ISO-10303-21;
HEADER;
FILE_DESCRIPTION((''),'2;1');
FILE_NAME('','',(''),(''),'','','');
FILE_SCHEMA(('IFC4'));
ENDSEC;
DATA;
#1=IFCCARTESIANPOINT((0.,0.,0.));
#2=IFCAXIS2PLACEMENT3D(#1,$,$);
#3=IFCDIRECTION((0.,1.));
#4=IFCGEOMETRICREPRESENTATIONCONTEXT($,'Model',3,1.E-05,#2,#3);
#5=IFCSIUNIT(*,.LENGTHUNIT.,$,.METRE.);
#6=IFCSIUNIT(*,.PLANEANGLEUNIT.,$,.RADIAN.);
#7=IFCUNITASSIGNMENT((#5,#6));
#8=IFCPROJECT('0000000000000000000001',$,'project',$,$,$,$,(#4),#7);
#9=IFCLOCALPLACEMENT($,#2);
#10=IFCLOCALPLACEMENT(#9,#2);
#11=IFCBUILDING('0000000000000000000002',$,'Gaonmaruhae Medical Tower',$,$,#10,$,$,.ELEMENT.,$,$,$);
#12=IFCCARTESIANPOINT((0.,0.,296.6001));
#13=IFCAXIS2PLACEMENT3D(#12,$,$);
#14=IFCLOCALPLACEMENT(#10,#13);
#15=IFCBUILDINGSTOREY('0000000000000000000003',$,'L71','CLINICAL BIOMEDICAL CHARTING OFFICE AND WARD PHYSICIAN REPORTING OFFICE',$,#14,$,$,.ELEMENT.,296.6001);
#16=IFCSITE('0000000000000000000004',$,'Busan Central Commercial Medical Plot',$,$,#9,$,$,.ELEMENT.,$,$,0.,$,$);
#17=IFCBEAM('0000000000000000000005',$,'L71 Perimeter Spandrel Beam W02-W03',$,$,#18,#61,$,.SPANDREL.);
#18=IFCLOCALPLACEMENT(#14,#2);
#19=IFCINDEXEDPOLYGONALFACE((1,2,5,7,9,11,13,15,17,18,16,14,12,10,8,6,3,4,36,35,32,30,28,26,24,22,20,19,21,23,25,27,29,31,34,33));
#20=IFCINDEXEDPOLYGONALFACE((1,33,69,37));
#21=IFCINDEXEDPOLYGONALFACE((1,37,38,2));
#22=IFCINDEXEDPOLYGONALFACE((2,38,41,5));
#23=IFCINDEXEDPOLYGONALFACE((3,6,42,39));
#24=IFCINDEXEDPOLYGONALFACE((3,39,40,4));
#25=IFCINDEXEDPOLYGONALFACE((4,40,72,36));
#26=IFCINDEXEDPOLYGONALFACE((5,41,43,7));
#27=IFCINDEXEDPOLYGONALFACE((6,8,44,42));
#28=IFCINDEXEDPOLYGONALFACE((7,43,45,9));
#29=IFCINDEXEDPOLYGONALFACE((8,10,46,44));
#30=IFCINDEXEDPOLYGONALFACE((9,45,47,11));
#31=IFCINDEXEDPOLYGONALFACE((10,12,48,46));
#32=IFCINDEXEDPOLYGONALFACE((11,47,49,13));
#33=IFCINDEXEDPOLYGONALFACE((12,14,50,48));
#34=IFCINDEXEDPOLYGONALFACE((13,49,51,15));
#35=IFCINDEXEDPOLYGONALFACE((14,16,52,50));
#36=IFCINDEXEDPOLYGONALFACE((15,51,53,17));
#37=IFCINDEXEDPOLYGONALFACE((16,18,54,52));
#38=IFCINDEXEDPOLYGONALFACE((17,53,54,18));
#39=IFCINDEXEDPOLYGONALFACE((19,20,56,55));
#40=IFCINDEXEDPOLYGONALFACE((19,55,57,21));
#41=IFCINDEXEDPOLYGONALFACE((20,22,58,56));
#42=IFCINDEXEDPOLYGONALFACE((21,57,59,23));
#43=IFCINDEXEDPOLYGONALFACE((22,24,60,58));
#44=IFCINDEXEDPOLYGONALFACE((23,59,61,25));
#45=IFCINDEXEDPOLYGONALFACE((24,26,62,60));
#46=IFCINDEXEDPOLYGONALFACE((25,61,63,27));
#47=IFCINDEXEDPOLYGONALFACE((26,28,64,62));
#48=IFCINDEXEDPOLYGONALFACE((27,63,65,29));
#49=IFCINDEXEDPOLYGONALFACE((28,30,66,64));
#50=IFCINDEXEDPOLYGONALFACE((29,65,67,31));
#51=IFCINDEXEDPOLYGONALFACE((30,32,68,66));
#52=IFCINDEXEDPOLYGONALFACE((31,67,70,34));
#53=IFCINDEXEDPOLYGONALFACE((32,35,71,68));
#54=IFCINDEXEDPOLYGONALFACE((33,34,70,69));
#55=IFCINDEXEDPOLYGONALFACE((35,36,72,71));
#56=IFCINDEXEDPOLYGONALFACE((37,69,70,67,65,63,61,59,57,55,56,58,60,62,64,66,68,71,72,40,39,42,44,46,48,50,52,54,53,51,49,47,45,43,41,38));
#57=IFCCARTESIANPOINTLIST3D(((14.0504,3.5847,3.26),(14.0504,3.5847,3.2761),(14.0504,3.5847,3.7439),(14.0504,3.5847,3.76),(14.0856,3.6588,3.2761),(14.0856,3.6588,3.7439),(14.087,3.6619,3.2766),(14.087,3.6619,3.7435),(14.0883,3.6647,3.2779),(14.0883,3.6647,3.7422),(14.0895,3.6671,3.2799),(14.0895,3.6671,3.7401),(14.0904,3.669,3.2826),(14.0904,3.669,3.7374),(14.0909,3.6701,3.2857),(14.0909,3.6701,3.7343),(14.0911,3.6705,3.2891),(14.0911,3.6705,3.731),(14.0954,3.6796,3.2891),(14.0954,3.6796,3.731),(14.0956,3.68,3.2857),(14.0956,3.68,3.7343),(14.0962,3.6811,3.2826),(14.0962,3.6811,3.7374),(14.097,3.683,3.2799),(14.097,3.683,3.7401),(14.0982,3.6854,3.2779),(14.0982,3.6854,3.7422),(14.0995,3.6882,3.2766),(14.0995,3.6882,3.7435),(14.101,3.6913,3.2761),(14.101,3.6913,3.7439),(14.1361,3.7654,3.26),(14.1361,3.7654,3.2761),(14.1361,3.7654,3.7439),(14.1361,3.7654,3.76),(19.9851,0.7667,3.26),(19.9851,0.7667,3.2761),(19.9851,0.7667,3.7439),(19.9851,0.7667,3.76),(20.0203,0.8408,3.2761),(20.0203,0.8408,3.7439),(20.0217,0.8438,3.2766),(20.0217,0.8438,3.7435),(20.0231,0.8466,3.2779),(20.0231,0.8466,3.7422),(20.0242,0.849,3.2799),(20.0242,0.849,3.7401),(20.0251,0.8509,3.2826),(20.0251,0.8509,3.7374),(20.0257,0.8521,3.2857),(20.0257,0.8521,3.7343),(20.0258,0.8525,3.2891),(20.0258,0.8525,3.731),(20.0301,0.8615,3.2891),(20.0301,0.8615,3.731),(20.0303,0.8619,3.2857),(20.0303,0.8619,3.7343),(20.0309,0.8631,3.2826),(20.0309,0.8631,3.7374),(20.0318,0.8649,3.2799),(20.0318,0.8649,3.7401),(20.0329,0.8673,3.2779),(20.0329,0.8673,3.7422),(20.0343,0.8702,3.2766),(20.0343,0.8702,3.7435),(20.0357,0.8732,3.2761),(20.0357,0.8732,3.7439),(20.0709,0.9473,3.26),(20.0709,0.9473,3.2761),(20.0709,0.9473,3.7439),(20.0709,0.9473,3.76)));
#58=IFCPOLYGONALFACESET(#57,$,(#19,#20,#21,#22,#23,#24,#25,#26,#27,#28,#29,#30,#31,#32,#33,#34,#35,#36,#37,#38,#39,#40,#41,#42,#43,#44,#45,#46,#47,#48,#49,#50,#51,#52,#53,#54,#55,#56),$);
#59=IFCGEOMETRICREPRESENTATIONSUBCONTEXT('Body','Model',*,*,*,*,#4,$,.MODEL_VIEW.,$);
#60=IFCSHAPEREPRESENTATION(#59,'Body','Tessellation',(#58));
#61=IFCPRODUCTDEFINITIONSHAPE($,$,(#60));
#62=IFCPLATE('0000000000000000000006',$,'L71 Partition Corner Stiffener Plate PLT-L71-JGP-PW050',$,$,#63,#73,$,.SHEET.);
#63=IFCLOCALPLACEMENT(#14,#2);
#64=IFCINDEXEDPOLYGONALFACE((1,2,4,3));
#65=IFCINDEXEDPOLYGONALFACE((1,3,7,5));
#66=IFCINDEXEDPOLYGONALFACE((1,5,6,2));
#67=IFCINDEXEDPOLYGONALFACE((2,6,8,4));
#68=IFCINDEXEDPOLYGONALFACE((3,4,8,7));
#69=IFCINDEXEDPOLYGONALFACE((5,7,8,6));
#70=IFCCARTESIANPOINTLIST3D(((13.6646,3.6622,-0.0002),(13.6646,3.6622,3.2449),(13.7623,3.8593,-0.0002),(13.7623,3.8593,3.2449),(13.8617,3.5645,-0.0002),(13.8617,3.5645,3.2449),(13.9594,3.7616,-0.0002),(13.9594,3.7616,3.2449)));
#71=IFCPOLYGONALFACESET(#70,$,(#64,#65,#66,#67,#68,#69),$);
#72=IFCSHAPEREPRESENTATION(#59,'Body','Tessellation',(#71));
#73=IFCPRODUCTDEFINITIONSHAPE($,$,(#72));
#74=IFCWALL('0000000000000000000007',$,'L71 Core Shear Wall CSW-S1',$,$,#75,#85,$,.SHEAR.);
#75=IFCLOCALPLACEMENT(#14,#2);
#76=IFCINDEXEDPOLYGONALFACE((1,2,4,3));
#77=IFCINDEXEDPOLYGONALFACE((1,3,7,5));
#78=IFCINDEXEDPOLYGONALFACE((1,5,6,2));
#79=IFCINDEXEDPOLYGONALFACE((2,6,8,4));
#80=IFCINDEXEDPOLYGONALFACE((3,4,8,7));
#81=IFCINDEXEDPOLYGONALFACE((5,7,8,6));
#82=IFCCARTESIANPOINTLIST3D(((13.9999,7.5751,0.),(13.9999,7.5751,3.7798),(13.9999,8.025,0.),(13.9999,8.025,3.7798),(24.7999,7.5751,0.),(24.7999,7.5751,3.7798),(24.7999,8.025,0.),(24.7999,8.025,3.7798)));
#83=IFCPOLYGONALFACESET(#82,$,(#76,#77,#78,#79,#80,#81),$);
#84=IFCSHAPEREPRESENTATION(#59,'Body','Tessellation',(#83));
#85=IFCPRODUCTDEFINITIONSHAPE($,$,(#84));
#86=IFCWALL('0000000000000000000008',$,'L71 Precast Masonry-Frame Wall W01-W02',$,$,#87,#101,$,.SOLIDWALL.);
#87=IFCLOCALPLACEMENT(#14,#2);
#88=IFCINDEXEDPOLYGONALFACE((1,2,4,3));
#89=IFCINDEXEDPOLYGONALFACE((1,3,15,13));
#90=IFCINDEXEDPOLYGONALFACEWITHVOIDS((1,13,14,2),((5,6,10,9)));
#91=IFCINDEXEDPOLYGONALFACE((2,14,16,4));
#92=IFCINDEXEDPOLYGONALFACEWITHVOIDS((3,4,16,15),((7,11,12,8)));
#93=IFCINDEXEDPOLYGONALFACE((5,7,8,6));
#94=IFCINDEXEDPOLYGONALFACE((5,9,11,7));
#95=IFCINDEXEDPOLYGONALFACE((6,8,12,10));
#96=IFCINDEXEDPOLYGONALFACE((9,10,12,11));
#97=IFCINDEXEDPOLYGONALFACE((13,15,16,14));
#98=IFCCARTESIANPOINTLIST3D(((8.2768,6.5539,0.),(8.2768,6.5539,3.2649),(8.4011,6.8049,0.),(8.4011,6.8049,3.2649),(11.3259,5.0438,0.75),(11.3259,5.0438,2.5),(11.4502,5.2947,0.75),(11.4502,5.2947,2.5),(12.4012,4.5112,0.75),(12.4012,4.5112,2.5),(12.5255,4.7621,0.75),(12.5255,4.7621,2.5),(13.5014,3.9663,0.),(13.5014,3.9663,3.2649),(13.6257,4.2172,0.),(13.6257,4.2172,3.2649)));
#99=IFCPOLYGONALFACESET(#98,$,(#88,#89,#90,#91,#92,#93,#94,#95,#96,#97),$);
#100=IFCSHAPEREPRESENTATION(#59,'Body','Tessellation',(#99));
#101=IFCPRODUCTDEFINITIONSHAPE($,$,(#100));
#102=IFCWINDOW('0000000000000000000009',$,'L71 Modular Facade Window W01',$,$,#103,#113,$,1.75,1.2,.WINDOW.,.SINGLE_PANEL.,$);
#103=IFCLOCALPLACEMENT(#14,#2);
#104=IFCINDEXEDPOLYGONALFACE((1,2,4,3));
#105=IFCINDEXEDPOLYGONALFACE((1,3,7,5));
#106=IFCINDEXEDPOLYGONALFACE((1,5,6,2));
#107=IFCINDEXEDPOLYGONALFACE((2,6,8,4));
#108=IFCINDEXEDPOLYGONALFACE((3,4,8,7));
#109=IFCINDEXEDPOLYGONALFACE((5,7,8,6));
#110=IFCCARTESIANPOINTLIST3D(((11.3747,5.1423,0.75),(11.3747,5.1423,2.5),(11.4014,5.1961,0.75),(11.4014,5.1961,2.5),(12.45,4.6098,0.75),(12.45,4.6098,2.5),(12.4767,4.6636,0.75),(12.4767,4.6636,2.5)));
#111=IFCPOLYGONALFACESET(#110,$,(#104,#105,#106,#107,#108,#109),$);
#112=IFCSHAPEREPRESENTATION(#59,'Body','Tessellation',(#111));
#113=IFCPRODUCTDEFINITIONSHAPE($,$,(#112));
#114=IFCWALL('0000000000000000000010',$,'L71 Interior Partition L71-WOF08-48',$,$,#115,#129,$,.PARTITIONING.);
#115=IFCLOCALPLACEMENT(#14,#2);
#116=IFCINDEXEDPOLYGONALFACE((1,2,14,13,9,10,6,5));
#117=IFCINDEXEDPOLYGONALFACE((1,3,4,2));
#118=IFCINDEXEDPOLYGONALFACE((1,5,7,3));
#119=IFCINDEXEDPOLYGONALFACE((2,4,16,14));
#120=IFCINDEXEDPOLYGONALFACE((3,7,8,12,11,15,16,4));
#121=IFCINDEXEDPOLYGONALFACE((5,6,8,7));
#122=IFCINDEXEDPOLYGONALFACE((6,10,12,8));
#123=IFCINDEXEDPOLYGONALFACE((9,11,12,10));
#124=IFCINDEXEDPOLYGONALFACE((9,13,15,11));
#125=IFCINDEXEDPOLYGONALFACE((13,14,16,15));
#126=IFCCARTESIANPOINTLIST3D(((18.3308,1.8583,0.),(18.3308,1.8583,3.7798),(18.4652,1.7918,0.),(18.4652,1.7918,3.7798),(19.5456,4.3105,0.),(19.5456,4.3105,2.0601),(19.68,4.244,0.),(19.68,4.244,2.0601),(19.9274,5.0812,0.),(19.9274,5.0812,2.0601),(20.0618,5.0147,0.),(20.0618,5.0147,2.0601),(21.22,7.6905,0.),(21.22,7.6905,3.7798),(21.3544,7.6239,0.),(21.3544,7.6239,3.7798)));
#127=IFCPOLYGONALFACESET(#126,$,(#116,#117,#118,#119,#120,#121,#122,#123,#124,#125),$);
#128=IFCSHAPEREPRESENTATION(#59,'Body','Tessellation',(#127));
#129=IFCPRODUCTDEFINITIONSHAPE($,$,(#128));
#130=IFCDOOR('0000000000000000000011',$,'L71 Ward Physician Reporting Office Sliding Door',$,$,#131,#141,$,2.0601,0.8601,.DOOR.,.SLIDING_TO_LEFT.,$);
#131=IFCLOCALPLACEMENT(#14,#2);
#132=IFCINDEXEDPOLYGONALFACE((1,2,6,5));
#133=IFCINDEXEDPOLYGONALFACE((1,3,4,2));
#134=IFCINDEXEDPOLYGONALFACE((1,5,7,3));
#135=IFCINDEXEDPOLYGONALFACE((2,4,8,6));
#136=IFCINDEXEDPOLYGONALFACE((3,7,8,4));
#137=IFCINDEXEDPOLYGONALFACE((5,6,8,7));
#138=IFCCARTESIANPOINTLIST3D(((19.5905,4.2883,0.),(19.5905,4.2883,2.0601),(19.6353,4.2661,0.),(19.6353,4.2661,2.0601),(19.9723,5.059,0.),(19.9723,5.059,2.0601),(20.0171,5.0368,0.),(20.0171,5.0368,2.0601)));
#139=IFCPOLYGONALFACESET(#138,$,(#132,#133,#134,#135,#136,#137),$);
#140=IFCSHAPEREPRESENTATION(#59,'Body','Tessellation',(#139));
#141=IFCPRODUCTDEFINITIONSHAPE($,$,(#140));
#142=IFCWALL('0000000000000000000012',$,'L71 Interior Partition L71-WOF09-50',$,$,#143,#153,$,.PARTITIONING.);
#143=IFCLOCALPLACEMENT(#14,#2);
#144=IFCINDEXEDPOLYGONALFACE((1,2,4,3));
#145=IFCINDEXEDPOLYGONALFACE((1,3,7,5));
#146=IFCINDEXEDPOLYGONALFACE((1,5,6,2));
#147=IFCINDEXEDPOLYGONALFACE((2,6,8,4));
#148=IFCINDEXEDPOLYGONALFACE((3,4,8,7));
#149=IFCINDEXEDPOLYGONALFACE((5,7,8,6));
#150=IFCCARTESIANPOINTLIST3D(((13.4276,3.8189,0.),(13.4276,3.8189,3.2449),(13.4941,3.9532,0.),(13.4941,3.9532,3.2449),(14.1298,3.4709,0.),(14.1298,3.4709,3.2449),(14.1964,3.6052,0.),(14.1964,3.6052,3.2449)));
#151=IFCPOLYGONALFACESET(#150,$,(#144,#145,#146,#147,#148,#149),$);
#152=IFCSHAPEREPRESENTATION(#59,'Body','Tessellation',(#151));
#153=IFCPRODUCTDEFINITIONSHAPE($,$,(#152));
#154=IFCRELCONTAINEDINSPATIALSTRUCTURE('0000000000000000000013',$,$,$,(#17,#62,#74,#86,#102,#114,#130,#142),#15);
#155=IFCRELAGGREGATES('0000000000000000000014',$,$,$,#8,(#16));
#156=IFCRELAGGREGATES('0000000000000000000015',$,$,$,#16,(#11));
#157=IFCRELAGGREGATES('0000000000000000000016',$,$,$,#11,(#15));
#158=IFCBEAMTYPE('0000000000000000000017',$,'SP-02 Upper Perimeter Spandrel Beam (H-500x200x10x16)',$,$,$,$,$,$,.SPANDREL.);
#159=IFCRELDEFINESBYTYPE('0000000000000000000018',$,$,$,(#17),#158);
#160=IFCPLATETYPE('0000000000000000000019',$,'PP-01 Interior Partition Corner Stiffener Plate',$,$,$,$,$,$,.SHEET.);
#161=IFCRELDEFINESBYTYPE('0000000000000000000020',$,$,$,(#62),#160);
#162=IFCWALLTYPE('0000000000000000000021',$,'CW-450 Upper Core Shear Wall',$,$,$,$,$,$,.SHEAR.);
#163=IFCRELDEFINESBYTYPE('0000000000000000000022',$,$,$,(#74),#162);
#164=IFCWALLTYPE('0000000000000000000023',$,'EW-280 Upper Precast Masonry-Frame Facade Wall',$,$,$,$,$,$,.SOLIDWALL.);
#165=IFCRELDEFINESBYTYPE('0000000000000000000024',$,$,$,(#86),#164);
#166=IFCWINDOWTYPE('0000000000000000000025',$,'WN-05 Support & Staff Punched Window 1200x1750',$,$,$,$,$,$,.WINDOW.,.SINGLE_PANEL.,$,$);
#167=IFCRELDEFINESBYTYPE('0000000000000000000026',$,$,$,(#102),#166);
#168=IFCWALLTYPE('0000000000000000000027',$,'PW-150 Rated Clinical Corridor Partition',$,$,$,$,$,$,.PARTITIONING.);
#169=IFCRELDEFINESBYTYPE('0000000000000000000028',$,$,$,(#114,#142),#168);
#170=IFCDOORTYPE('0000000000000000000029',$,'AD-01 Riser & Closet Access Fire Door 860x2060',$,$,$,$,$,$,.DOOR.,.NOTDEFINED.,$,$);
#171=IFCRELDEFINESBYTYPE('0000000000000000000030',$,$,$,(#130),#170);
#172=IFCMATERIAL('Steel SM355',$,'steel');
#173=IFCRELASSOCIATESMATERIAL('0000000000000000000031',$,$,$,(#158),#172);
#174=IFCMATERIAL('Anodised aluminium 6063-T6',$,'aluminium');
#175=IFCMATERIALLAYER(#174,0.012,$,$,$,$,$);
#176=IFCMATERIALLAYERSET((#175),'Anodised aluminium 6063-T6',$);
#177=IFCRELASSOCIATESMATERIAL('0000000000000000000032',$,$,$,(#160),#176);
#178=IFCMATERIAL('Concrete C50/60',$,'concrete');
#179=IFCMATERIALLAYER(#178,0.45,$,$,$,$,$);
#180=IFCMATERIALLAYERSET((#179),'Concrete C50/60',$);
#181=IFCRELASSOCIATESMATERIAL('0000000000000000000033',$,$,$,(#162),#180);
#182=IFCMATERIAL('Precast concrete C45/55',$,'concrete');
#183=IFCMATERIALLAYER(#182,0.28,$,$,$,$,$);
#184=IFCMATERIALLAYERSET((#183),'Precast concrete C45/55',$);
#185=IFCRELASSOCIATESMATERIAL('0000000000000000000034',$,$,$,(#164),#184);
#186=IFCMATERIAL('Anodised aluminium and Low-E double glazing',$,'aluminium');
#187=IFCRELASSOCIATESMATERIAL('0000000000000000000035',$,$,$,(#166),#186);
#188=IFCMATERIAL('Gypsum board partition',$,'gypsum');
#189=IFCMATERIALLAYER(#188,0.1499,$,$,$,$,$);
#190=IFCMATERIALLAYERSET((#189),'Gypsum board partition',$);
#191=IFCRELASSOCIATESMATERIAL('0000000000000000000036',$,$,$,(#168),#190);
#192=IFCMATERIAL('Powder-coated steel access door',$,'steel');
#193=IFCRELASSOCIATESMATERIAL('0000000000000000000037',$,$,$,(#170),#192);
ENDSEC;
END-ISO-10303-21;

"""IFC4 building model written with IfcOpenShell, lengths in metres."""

from ifc_helpers import new_model, si_unit, direction, frame, frame_2d, origin, origin_2d, place, context, subcontext, project, spatial, rectangle, i_section, extrude, material, layer, layer_set, material_profile, profile_set, type_object, element, fill, save


model = new_model("IFC4")

# Units and contexts
model_context = context("Model", 3, precision=1e-05, world=origin(), true_north=direction((0.0, 1.0)))
body_context = subcontext(model_context, "Body", "Model", "MODEL_VIEW")
ifc_project = project(units=[si_unit("LENGTHUNIT", "METRE"), si_unit("PLANEANGLEUNIT", "RADIAN")], contexts=[model_context])

# Site, building, storey
site_placement = place(None, origin())
site = spatial("IfcSite", under=ifc_project, at=site_placement, Name="Busan Central Commercial Medical Plot", CompositionType="ELEMENT", RefElevation=0.0)
building_placement = place(site_placement, origin())
building = spatial("IfcBuilding", under=site, at=building_placement, Name="Gaonmaruhae Medical Tower", CompositionType="ELEMENT")
storey_placement = place(building_placement, frame((0.0, 0.0, 296.6001)))
storey = spatial("IfcBuildingStorey", under=building, at=storey_placement, Name="L71", Description="CLINICAL BIOMEDICAL CHARTING OFFICE AND WARD PHYSICIAN REPORTING OFFICE", CompositionType="ELEMENT", Elevation=296.6001)

# Shared definitions
ifc_material_1 = material(Name="Concrete C50/60", Category="concrete")

# Beam
ifc_material_2 = material(Name="Steel SM355", Category="steel")
ifc_material_profile_1 = material_profile(ifc_material_2, i_section(OverallWidth=0.2, OverallDepth=0.5, WebThickness=0.01, FlangeThickness=0.0161, FilletRadius=0.0129, at=origin_2d()), Name="H-500x200x10x16")
ifc_profile_set_1 = profile_set([ifc_material_profile_1], Name="Steel SM355")
beam_type_1 = type_object("IfcBeamType", Name="SP-02 Upper Perimeter Spandrel Beam (H-500x200x10x16)", PredefinedType="SPANDREL", material=ifc_profile_set_1)
beam_1_placement = place(storey_placement, frame((14.0933, 3.675, 3.51), z_axis=(0.903332, -0.428942, 0.0), x_axis=(0.428942, 0.903332, 0.0)))
element("IfcBeam", 1, at=beam_1_placement, inside=storey, type_object=beam_type_1, Name="L71 Perimeter Spandrel Beam W02-W03", PredefinedType="SPANDREL", context=body_context, shape_type="SweptSolid", body=[
    extrude(i_section(OverallWidth=0.2, OverallDepth=0.5, WebThickness=0.01, FlangeThickness=0.0161, FilletRadius=0.0129, at=origin_2d()), origin(), (0.0, 0.0, 1.0), 6.5698),
])

# Plate
ifc_material_3 = material(Name="Anodised aluminium 6063-T6", Category="aluminium")
ifc_layer_1 = layer(ifc_material_3, 0.012)
ifc_layer_set_1 = layer_set([ifc_layer_1], Name="Anodised aluminium 6063-T6")
plate_type = type_object("IfcPlateType", Name="PP-01 Interior Partition Corner Stiffener Plate", PredefinedType="SHEET", material=ifc_layer_set_1)
plate_placement = place(storey_placement, frame((13.812, 3.7119, -0.0002), z_axis=(0.0, 0.0, 1.0), x_axis=(-0.895952, 0.44415, 0.0)))
element("IfcPlate", 2, at=plate_placement, inside=storey, type_object=plate_type, Name="L71 Partition Corner Stiffener Plate PLT-L71-JGP-PW050", PredefinedType="SHEET", context=body_context, shape_type="SweptSolid", body=[
    extrude(rectangle(XDim=0.22, YDim=0.22, at=origin_2d()), origin(), (0.0, 0.0, 1.0), 3.2451),
])

# Wall
ifc_layer_2 = layer(ifc_material_1, 0.45)
ifc_layer_set_2 = layer_set([ifc_layer_2], Name="Concrete C50/60")
wall_type_1 = type_object("IfcWallType", Name="CW-450 Upper Core Shear Wall", PredefinedType="SHEAR", material=ifc_layer_set_2)
wall_1_placement = place(storey_placement, frame((14.0, 7.8, 0.0), z_axis=(0.0, 0.0, 1.0), x_axis=(1.0, 0.0, 0.0)))
element("IfcWall", 3, at=wall_1_placement, inside=storey, type_object=wall_type_1, Name="L71 Core Shear Wall CSW-S1", PredefinedType="SHEAR", context=body_context, shape_type="SweptSolid", body=[
    extrude(rectangle(XDim=10.8, YDim=0.45, at=frame_2d((5.3999, 0.0))), origin(), (0.0, 0.0, 1.0), 3.7798),
])

# Wall, opening, window
ifc_material_4 = material(Name="Precast concrete C45/55", Category="concrete")
ifc_layer_3 = layer(ifc_material_4, 0.28)
ifc_layer_set_3 = layer_set([ifc_layer_3], Name="Precast concrete C45/55")
wall_type_2 = type_object("IfcWallType", Name="EW-280 Upper Precast Masonry-Frame Facade Wall", PredefinedType="SOLIDWALL", material=ifc_layer_set_3)
wall_2_placement = place(storey_placement, frame((13.5635, 4.0918, 0.0), z_axis=(0.0, 0.0, 1.0), x_axis=(-0.896113, 0.443827, 0.0)))
wall_2 = element("IfcWall", 4, at=wall_2_placement, inside=storey, type_object=wall_type_2, Name="L71 Precast Masonry-Frame Wall W01-W02", PredefinedType="SOLIDWALL", context=body_context, shape_type="SweptSolid", body=[
    extrude(rectangle(XDim=5.8303, YDim=0.28, at=frame_2d((2.915, 0.0))), origin(), (0.0, 0.0, 1.0), 3.2649),
])
opening_1_placement = place(wall_2_placement, frame((1.2275, 0.0, 0.75)))
opening_1 = element("IfcOpeningElement", 5, at=opening_1_placement, cuts=wall_2, PredefinedType="OPENING", context=body_context, shape_type="SweptSolid", body=[
    extrude(rectangle(XDim=1.2, YDim=1.75, at=frame_2d((0.6001, 0.875))), frame((0.0, 0.1499, 0.0), z_axis=(0.0, -1.0, 0.0), x_axis=(1.0, 0.0, 0.0)), (0.0, 0.0, 1.0), 0.3),
])
ifc_material_5 = material(Name="Anodised aluminium and Low-E double glazing", Category="aluminium")
window_type = type_object("IfcWindowType", Name="WN-05 Support & Staff Punched Window 1200x1750", PartitioningType="SINGLE_PANEL", PredefinedType="WINDOW", material=ifc_material_5)
window_placement = place(opening_1_placement, origin())
window = element("IfcWindow", 6, at=window_placement, inside=storey, type_object=window_type, Name="L71 Modular Facade Window W01", OverallHeight=1.75, OverallWidth=1.2, PartitioningType="SINGLE_PANEL", PredefinedType="WINDOW", context=body_context, shape_type="SweptSolid", body=[
    extrude(rectangle(XDim=1.2, YDim=1.75, at=frame_2d((0.6001, 0.875))), frame((0.0, 0.03, 0.0), z_axis=(0.0, -1.0, 0.0), x_axis=(1.0, 0.0, 0.0)), (0.0, 0.0, 1.0), 0.0601),
])
fill(opening_1, window)

# Wall, opening, door
ifc_material_6 = material(Name="Gypsum board partition", Category="gypsum")
ifc_layer_4 = layer(ifc_material_6, 0.1499)
ifc_layer_set_4 = layer_set([ifc_layer_4], Name="Gypsum board partition")
wall_type_3 = type_object("IfcWallType", Name="PW-150 Rated Clinical Corridor Partition", PredefinedType="PARTITIONING", material=ifc_layer_set_4)
wall_3_placement = place(storey_placement, frame((18.3979, 1.825, 0.0), z_axis=(0.0, 0.0, 1.0), x_axis=(0.44391, 0.896072, 0.0)))
wall_3 = element("IfcWall", 7, at=wall_3_placement, inside=storey, type_object=wall_type_3, Name="L71 Interior Partition L71-WOF08-48", PredefinedType="PARTITIONING", context=body_context, shape_type="SweptSolid", body=[
    extrude(rectangle(XDim=6.5085, YDim=0.1499, at=frame_2d((3.2544, 0.0))), origin(), (0.0, 0.0, 1.0), 3.7798),
])
opening_2_placement = place(wall_3_placement, frame((2.7366, 0.0, 0.0)))
opening_2 = element("IfcOpeningElement", 8, at=opening_2_placement, cuts=wall_3, PredefinedType="OPENING", context=body_context, shape_type="SweptSolid", body=[
    extrude(rectangle(XDim=0.8601, YDim=2.0601, at=frame_2d((0.4302, 1.03))), frame((0.0, 0.085, 0.0), z_axis=(0.0, -1.0, 0.0), x_axis=(1.0, 0.0, 0.0)), (0.0, 0.0, 1.0), 0.1699),
])
ifc_material_7 = material(Name="Powder-coated steel access door", Category="steel")
door_type = type_object("IfcDoorType", Name="AD-01 Riser & Closet Access Fire Door 860x2060", OperationType="NOTDEFINED", PredefinedType="DOOR", material=ifc_material_7)
door_1_placement = place(opening_2_placement, origin())
door_1 = element("IfcDoor", 9, at=door_1_placement, inside=storey, type_object=door_type, Name="L71 Ward Physician Reporting Office Sliding Door", OperationType="SLIDING_TO_LEFT", OverallHeight=2.0601, OverallWidth=0.8601, PredefinedType="DOOR", context=body_context, shape_type="SweptSolid", body=[
    extrude(rectangle(XDim=0.8601, YDim=2.0601, at=frame_2d((0.4302, 1.03))), frame((0.0, 0.0249, 0.0), z_axis=(0.0, -1.0, 0.0), x_axis=(1.0, 0.0, 0.0)), (0.0, 0.0, 1.0), 0.05),
])
fill(opening_2, door_1)

# Wall
wall_4_placement = place(storey_placement, frame((14.1631, 3.5381, 0.0), z_axis=(0.0, 0.0, 1.0), x_axis=(-0.896041, 0.44397, 0.0)))
element("IfcWall", 10, at=wall_4_placement, inside=storey, type_object=wall_type_3, Name="L71 Interior Partition L71-WOF09-50", PredefinedType="PARTITIONING", context=body_context, shape_type="SweptSolid", body=[
    extrude(rectangle(XDim=0.7837, YDim=0.1499, at=frame_2d((0.3918, 0.0))), origin(), (0.0, 0.0, 1.0), 3.2449),
])

save(model, "model.ifc")
